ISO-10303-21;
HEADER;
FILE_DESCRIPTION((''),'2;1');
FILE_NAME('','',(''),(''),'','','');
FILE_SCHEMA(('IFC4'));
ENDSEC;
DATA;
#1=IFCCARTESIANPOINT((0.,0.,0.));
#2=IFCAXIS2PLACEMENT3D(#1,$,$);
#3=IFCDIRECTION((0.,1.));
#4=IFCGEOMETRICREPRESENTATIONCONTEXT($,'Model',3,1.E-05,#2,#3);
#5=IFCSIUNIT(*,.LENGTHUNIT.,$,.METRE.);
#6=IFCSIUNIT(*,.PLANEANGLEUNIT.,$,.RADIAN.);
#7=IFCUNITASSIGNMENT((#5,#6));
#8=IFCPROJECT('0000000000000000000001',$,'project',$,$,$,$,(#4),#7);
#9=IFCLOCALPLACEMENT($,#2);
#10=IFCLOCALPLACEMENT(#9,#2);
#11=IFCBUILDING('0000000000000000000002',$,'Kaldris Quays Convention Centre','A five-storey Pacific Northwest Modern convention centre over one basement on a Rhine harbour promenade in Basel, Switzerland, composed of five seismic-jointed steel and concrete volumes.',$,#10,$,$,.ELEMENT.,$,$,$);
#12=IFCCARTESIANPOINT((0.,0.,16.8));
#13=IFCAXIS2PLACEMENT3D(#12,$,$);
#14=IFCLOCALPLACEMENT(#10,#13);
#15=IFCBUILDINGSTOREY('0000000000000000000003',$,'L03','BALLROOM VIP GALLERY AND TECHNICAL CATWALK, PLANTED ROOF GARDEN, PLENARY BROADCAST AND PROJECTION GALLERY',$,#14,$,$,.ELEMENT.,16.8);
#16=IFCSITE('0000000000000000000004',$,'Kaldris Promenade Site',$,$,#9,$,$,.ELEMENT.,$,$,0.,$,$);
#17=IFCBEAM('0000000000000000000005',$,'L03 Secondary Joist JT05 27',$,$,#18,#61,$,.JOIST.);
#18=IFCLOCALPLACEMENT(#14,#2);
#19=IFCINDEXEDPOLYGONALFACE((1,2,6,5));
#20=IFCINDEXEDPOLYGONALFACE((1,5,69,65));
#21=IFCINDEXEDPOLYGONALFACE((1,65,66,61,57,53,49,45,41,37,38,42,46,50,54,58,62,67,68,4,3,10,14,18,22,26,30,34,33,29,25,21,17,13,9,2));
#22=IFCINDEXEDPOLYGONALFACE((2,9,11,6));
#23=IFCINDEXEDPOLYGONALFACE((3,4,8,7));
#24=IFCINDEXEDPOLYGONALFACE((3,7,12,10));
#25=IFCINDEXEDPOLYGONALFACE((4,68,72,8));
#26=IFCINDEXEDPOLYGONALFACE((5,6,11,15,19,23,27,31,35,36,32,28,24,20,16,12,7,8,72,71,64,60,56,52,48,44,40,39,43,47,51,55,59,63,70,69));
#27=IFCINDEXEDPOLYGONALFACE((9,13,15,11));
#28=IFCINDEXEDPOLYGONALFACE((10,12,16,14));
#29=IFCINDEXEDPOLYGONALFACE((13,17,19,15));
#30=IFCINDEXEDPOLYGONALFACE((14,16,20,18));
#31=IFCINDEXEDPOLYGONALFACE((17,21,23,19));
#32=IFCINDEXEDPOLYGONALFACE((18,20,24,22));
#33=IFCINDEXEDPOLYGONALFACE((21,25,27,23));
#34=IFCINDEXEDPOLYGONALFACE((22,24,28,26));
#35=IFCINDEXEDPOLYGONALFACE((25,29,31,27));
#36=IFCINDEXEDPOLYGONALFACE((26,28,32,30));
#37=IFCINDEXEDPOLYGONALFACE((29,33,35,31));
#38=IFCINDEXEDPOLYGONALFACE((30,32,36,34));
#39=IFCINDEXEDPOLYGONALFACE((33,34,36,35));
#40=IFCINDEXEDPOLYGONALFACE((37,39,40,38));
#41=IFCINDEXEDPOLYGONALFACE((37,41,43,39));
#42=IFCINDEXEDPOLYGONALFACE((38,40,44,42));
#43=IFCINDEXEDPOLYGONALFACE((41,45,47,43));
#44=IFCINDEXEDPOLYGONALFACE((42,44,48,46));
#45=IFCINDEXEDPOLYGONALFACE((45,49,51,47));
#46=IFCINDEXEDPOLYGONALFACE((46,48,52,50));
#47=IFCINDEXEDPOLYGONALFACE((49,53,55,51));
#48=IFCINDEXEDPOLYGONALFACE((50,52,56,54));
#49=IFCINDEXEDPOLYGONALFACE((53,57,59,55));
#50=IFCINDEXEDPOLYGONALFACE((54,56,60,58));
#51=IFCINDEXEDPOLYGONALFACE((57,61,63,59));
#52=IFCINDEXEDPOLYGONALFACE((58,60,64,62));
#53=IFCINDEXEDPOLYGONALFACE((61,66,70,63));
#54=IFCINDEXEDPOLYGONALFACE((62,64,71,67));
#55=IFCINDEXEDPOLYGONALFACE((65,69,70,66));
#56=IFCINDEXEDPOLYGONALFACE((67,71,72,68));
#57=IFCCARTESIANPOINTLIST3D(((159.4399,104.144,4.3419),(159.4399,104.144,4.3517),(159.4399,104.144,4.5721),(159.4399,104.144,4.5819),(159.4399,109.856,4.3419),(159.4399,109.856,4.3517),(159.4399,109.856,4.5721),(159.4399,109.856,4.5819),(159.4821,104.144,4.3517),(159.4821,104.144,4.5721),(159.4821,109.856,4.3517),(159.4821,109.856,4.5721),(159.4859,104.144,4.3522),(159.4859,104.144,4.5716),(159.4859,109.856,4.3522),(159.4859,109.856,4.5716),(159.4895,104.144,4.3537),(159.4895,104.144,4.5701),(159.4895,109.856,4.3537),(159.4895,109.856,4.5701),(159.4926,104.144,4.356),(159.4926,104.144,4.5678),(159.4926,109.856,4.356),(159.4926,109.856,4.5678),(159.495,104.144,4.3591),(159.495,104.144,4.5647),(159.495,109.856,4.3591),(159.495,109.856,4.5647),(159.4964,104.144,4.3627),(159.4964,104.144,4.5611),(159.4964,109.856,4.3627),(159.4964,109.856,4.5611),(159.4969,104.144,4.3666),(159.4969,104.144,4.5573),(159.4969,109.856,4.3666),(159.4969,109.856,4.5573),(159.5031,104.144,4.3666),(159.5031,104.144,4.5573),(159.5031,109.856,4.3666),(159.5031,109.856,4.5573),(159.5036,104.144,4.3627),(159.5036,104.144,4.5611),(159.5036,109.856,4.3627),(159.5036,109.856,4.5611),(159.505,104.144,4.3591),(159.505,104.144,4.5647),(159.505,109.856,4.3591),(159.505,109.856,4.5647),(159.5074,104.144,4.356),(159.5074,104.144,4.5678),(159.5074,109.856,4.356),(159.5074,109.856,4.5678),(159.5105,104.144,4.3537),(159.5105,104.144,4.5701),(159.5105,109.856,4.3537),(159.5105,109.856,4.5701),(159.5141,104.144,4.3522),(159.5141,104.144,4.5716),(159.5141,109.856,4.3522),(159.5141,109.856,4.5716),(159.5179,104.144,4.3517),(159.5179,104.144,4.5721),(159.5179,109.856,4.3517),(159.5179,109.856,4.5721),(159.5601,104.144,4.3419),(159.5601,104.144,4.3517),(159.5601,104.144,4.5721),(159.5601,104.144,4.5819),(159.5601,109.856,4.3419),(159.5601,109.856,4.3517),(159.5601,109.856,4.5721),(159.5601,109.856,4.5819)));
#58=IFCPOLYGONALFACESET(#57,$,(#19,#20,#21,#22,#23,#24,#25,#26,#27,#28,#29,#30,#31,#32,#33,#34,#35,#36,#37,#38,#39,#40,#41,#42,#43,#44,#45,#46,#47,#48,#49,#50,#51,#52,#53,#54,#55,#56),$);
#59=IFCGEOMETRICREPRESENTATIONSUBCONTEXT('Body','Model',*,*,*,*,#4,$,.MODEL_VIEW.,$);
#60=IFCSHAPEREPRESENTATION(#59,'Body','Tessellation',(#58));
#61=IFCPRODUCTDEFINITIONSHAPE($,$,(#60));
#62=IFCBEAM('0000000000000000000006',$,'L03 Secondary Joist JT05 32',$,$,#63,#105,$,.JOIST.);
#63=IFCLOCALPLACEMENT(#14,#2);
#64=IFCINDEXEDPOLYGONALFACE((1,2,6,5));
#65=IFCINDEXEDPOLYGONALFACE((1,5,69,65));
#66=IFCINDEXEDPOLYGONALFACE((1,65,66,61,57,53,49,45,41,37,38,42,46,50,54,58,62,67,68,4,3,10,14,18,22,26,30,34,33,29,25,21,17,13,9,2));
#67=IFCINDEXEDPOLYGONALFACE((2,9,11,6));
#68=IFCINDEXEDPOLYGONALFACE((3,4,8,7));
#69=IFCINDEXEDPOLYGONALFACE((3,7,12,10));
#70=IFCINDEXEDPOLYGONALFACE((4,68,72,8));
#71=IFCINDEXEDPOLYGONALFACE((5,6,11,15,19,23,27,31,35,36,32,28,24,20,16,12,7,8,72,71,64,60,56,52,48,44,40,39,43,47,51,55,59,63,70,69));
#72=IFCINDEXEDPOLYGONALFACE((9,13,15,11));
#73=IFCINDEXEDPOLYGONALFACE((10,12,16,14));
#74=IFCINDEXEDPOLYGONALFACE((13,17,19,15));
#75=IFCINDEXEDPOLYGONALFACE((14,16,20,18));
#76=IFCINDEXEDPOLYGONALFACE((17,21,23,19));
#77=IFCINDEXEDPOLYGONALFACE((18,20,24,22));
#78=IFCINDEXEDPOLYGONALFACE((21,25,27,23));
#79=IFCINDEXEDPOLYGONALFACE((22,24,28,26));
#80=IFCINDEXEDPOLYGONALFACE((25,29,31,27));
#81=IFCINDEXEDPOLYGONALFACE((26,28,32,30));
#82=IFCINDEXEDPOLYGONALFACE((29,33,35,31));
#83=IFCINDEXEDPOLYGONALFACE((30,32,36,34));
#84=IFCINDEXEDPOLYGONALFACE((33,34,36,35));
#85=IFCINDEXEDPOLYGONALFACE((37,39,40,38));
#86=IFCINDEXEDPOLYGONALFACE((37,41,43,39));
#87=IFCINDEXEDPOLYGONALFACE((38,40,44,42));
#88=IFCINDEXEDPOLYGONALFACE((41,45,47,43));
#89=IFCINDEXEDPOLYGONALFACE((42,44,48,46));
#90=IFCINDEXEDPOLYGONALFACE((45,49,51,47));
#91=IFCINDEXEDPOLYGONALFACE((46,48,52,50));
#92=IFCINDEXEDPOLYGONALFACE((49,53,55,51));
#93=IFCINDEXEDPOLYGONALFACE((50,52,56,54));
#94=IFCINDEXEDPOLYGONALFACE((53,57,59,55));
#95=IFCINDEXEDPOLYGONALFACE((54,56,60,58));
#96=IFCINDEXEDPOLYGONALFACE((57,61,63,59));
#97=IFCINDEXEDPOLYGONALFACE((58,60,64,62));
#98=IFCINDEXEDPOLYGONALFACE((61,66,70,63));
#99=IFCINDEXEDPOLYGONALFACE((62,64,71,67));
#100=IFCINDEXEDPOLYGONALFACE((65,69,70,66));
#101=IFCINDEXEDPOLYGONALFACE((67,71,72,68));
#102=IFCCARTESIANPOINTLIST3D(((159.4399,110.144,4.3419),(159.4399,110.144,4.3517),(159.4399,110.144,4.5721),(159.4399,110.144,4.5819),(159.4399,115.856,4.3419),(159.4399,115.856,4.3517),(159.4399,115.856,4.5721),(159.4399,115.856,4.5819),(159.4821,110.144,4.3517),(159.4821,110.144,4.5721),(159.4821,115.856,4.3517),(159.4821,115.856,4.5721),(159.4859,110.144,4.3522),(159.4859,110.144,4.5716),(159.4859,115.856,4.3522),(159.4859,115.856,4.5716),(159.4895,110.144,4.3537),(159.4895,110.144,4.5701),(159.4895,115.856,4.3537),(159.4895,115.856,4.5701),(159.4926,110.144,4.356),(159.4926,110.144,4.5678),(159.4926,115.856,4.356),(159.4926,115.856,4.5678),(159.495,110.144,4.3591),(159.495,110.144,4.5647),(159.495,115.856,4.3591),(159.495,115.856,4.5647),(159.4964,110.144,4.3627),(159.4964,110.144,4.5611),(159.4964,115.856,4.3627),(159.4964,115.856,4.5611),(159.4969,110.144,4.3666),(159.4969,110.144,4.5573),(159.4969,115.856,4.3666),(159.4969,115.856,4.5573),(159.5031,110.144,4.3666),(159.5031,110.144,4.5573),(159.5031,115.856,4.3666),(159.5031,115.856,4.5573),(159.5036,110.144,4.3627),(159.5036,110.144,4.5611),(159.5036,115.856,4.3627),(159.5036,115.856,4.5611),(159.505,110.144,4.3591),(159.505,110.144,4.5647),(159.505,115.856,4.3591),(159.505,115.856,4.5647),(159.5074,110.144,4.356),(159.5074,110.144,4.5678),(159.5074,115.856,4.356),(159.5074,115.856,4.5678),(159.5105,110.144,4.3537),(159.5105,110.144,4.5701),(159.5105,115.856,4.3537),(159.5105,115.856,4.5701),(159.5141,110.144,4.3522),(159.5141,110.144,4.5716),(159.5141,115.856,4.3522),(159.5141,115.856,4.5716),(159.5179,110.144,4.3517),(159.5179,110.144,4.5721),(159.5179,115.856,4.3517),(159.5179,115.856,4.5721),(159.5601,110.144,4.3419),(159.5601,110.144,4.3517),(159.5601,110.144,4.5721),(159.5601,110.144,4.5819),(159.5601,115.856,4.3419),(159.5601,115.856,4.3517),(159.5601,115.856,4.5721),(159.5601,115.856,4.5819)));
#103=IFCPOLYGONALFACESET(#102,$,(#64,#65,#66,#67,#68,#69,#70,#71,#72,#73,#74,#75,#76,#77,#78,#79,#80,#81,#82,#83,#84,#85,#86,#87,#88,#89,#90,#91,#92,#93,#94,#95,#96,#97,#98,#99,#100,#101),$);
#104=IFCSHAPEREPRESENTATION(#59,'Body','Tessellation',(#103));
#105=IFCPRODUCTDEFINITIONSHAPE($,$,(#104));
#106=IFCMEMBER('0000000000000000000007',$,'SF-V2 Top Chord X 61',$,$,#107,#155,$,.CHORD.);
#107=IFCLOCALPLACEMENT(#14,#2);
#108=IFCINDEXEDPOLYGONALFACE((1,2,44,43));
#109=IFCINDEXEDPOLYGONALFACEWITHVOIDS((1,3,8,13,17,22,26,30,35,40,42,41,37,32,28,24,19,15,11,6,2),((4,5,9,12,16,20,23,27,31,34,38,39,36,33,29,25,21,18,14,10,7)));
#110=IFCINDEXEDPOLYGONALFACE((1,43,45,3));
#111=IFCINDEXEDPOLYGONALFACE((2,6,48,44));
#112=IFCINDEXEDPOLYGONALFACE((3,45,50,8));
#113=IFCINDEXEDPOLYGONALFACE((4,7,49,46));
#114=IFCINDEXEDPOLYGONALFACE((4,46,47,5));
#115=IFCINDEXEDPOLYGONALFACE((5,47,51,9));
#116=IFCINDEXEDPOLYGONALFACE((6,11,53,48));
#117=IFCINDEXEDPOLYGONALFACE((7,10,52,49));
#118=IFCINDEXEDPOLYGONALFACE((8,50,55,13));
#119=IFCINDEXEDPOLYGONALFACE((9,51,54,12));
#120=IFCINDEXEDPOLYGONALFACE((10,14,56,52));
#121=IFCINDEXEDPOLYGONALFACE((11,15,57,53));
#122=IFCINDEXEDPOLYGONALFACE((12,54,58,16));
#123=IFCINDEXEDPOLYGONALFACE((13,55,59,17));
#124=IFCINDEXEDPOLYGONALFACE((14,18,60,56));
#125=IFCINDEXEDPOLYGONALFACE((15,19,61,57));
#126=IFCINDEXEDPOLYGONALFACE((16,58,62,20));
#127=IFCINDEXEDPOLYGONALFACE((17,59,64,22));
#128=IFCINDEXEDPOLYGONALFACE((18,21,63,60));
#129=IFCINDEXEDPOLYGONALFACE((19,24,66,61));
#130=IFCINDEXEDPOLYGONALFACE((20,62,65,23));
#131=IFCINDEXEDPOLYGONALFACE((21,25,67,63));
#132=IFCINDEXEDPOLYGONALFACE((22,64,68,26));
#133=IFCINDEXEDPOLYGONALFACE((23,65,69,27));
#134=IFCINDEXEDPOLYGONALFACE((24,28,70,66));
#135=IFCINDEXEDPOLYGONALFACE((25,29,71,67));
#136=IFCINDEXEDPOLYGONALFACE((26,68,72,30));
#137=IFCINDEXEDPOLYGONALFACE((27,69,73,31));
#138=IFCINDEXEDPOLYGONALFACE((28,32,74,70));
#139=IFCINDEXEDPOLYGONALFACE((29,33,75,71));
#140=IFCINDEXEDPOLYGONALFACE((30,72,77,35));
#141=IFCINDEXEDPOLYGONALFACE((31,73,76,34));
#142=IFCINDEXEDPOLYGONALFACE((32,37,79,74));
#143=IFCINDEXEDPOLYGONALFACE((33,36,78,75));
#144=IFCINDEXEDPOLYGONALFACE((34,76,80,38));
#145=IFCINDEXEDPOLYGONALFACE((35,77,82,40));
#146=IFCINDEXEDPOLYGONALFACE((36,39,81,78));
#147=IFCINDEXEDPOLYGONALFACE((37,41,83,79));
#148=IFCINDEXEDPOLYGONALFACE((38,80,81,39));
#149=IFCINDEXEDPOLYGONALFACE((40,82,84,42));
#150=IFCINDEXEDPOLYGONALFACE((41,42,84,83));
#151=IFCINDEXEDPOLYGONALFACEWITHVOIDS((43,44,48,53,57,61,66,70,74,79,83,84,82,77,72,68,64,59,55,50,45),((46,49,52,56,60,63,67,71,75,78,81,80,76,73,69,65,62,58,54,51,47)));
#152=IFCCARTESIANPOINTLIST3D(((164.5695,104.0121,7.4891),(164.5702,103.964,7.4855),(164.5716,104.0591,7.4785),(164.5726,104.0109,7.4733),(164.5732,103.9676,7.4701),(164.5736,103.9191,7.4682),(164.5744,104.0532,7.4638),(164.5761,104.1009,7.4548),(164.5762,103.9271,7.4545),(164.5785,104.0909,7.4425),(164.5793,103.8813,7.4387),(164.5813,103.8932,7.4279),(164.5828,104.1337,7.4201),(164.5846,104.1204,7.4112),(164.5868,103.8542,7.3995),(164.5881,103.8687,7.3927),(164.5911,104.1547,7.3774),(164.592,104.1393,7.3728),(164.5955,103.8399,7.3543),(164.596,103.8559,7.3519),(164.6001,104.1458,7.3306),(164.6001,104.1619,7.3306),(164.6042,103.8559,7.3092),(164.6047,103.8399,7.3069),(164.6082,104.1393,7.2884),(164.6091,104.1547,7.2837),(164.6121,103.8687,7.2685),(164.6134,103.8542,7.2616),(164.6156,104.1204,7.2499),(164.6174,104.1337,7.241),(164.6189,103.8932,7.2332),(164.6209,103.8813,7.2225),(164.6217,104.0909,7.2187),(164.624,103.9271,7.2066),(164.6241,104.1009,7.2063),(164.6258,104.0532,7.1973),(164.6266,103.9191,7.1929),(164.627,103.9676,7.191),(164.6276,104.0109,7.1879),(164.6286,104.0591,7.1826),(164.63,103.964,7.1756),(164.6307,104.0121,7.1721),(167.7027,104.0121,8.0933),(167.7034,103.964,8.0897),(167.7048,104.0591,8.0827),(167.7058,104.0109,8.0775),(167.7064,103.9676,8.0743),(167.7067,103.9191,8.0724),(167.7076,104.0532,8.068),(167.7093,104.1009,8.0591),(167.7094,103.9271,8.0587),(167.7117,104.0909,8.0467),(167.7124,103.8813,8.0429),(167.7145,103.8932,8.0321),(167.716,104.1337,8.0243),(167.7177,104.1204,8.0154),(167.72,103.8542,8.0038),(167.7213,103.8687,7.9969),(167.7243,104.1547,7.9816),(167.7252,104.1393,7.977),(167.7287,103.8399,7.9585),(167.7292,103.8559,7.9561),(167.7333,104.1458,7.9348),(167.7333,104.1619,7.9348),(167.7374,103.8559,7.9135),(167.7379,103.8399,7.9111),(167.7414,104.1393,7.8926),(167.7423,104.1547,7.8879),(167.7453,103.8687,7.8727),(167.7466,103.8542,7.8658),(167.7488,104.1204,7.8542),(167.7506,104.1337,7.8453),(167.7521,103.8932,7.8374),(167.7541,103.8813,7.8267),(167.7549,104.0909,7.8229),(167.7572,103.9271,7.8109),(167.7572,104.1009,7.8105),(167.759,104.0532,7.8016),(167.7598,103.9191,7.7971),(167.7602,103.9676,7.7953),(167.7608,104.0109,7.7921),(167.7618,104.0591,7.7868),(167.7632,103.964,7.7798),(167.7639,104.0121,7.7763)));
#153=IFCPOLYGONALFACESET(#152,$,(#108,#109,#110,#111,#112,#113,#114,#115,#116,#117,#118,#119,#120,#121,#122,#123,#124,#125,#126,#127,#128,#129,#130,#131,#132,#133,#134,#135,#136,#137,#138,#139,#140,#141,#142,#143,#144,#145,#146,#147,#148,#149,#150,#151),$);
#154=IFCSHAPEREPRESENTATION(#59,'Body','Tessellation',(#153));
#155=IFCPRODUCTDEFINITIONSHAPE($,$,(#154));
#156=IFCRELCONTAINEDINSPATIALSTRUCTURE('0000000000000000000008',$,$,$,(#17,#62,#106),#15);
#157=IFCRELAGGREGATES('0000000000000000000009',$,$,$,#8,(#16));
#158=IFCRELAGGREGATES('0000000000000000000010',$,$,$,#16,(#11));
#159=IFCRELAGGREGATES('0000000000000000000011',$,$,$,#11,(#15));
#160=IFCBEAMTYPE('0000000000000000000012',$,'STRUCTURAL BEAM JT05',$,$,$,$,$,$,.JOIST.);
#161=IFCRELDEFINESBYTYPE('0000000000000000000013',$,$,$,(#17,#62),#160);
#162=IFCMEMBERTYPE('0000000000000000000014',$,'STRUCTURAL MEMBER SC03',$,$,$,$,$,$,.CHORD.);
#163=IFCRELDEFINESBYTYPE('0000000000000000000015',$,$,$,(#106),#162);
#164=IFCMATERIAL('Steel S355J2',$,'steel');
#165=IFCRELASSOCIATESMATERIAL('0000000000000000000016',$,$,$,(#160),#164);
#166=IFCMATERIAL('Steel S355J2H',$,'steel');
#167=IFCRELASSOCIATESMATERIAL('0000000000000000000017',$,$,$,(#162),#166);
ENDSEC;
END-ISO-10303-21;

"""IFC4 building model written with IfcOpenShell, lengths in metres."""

from ifc_helpers import new_model, si_unit, direction, frame, origin, origin_2d, place, context, subcontext, project, spatial, hollow_circle, i_section, extrude, material, material_profile, profile_set, type_object, element, save


model = new_model("IFC4")

# Units and contexts
model_context = context("Model", 3, precision=1e-05, world=origin(), true_north=direction((0.0, 1.0)))
body_context = subcontext(model_context, "Body", "Model", "MODEL_VIEW")
ifc_project = project(units=[si_unit("LENGTHUNIT", "METRE"), si_unit("PLANEANGLEUNIT", "RADIAN")], contexts=[model_context])

# Site, building, storey
site_placement = place(None, origin())
site = spatial("IfcSite", under=ifc_project, at=site_placement, Name="Kaldris Promenade Site", CompositionType="ELEMENT", RefElevation=0.0)
building_placement = place(site_placement, origin())
building = spatial("IfcBuilding", under=site, at=building_placement, Name="Kaldris Quays Convention Centre", Description="A five-storey Pacific Northwest Modern convention centre over one basement on a Rhine harbour promenade in Basel, Switzerland, composed of five seismic-jointed steel and concrete volumes.", CompositionType="ELEMENT")
storey_placement = place(building_placement, frame((0.0, 0.0, 16.8)))
storey = spatial("IfcBuildingStorey", under=building, at=storey_placement, Name="L03", Description="BALLROOM VIP GALLERY AND TECHNICAL CATWALK, PLANTED ROOF GARDEN, PLENARY BROADCAST AND PROJECTION GALLERY", CompositionType="ELEMENT", Elevation=16.8)

# Shared definitions
ifc_material_1 = material(Name="Steel S355J2", Category="steel")

# Beams
ifc_material_profile_1 = material_profile(ifc_material_1, i_section(OverallWidth=0.1201, OverallDepth=0.24, WebThickness=0.0061, FlangeThickness=0.0098, FilletRadius=0.0149, at=origin_2d()), Name="IPE 240")
ifc_profile_set_1 = profile_set([ifc_material_profile_1], Name="Steel S355J2")
beam_type_1 = type_object("IfcBeamType", Name="STRUCTURAL BEAM JT05", PredefinedType="JOIST", material=ifc_profile_set_1)
for number, where, z_axis, x_axis, name in (
    (1, (159.5, 104.144, 4.4619), (0.0, 1.0, 0.0), (-1.0, 0.0, 0.0), "L03 Secondary Joist JT05 27"),
    (2, (159.5, 110.144, 4.4619), (0.0, 1.0, 0.0), (-1.0, 0.0, 0.0), "L03 Secondary Joist JT05 32"),
):
    element("IfcBeam", number, at=place(storey_placement, frame(where, z_axis=z_axis, x_axis=x_axis)), inside=storey, type_object=beam_type_1, Name=name, PredefinedType="JOIST", context=body_context, shape_type="SweptSolid", body=[
        extrude(i_section(OverallWidth=0.1201, OverallDepth=0.24, WebThickness=0.0061, FlangeThickness=0.0098, FilletRadius=0.0149, at=origin_2d()), origin(), (0.0, 0.0, 1.0), 5.7119),
    ])

# Member
ifc_material_2 = material(Name="Steel S355J2H", Category="steel")
ifc_material_profile_2 = material_profile(ifc_material_2, hollow_circle(Radius=0.1619, WallThickness=0.0161, at=origin_2d()), Name="CHS 323.9x16")
ifc_profile_set_2 = profile_set([ifc_material_profile_2], Name="Steel S355J2H")
member_type_1 = type_object("IfcMemberType", Name="STRUCTURAL MEMBER SC03", PredefinedType="CHORD", material=ifc_profile_set_2)
member_1_placement = place(storey_placement, frame((164.6001, 104.0, 7.3306), z_axis=(0.981908, 0.0, 0.189358), x_axis=(0.0, 1.0, 0.0)))
element("IfcMember", 3, at=member_1_placement, inside=storey, type_object=member_type_1, Name="SF-V2 Top Chord X 61", PredefinedType="CHORD", context=body_context, shape_type="SweptSolid", body=[
    extrude(hollow_circle(Radius=0.1619, WallThickness=0.0161, at=origin_2d()), origin(), (0.0, 0.0, 1.0), 3.1909),
])

save(model, "model.ifc")
